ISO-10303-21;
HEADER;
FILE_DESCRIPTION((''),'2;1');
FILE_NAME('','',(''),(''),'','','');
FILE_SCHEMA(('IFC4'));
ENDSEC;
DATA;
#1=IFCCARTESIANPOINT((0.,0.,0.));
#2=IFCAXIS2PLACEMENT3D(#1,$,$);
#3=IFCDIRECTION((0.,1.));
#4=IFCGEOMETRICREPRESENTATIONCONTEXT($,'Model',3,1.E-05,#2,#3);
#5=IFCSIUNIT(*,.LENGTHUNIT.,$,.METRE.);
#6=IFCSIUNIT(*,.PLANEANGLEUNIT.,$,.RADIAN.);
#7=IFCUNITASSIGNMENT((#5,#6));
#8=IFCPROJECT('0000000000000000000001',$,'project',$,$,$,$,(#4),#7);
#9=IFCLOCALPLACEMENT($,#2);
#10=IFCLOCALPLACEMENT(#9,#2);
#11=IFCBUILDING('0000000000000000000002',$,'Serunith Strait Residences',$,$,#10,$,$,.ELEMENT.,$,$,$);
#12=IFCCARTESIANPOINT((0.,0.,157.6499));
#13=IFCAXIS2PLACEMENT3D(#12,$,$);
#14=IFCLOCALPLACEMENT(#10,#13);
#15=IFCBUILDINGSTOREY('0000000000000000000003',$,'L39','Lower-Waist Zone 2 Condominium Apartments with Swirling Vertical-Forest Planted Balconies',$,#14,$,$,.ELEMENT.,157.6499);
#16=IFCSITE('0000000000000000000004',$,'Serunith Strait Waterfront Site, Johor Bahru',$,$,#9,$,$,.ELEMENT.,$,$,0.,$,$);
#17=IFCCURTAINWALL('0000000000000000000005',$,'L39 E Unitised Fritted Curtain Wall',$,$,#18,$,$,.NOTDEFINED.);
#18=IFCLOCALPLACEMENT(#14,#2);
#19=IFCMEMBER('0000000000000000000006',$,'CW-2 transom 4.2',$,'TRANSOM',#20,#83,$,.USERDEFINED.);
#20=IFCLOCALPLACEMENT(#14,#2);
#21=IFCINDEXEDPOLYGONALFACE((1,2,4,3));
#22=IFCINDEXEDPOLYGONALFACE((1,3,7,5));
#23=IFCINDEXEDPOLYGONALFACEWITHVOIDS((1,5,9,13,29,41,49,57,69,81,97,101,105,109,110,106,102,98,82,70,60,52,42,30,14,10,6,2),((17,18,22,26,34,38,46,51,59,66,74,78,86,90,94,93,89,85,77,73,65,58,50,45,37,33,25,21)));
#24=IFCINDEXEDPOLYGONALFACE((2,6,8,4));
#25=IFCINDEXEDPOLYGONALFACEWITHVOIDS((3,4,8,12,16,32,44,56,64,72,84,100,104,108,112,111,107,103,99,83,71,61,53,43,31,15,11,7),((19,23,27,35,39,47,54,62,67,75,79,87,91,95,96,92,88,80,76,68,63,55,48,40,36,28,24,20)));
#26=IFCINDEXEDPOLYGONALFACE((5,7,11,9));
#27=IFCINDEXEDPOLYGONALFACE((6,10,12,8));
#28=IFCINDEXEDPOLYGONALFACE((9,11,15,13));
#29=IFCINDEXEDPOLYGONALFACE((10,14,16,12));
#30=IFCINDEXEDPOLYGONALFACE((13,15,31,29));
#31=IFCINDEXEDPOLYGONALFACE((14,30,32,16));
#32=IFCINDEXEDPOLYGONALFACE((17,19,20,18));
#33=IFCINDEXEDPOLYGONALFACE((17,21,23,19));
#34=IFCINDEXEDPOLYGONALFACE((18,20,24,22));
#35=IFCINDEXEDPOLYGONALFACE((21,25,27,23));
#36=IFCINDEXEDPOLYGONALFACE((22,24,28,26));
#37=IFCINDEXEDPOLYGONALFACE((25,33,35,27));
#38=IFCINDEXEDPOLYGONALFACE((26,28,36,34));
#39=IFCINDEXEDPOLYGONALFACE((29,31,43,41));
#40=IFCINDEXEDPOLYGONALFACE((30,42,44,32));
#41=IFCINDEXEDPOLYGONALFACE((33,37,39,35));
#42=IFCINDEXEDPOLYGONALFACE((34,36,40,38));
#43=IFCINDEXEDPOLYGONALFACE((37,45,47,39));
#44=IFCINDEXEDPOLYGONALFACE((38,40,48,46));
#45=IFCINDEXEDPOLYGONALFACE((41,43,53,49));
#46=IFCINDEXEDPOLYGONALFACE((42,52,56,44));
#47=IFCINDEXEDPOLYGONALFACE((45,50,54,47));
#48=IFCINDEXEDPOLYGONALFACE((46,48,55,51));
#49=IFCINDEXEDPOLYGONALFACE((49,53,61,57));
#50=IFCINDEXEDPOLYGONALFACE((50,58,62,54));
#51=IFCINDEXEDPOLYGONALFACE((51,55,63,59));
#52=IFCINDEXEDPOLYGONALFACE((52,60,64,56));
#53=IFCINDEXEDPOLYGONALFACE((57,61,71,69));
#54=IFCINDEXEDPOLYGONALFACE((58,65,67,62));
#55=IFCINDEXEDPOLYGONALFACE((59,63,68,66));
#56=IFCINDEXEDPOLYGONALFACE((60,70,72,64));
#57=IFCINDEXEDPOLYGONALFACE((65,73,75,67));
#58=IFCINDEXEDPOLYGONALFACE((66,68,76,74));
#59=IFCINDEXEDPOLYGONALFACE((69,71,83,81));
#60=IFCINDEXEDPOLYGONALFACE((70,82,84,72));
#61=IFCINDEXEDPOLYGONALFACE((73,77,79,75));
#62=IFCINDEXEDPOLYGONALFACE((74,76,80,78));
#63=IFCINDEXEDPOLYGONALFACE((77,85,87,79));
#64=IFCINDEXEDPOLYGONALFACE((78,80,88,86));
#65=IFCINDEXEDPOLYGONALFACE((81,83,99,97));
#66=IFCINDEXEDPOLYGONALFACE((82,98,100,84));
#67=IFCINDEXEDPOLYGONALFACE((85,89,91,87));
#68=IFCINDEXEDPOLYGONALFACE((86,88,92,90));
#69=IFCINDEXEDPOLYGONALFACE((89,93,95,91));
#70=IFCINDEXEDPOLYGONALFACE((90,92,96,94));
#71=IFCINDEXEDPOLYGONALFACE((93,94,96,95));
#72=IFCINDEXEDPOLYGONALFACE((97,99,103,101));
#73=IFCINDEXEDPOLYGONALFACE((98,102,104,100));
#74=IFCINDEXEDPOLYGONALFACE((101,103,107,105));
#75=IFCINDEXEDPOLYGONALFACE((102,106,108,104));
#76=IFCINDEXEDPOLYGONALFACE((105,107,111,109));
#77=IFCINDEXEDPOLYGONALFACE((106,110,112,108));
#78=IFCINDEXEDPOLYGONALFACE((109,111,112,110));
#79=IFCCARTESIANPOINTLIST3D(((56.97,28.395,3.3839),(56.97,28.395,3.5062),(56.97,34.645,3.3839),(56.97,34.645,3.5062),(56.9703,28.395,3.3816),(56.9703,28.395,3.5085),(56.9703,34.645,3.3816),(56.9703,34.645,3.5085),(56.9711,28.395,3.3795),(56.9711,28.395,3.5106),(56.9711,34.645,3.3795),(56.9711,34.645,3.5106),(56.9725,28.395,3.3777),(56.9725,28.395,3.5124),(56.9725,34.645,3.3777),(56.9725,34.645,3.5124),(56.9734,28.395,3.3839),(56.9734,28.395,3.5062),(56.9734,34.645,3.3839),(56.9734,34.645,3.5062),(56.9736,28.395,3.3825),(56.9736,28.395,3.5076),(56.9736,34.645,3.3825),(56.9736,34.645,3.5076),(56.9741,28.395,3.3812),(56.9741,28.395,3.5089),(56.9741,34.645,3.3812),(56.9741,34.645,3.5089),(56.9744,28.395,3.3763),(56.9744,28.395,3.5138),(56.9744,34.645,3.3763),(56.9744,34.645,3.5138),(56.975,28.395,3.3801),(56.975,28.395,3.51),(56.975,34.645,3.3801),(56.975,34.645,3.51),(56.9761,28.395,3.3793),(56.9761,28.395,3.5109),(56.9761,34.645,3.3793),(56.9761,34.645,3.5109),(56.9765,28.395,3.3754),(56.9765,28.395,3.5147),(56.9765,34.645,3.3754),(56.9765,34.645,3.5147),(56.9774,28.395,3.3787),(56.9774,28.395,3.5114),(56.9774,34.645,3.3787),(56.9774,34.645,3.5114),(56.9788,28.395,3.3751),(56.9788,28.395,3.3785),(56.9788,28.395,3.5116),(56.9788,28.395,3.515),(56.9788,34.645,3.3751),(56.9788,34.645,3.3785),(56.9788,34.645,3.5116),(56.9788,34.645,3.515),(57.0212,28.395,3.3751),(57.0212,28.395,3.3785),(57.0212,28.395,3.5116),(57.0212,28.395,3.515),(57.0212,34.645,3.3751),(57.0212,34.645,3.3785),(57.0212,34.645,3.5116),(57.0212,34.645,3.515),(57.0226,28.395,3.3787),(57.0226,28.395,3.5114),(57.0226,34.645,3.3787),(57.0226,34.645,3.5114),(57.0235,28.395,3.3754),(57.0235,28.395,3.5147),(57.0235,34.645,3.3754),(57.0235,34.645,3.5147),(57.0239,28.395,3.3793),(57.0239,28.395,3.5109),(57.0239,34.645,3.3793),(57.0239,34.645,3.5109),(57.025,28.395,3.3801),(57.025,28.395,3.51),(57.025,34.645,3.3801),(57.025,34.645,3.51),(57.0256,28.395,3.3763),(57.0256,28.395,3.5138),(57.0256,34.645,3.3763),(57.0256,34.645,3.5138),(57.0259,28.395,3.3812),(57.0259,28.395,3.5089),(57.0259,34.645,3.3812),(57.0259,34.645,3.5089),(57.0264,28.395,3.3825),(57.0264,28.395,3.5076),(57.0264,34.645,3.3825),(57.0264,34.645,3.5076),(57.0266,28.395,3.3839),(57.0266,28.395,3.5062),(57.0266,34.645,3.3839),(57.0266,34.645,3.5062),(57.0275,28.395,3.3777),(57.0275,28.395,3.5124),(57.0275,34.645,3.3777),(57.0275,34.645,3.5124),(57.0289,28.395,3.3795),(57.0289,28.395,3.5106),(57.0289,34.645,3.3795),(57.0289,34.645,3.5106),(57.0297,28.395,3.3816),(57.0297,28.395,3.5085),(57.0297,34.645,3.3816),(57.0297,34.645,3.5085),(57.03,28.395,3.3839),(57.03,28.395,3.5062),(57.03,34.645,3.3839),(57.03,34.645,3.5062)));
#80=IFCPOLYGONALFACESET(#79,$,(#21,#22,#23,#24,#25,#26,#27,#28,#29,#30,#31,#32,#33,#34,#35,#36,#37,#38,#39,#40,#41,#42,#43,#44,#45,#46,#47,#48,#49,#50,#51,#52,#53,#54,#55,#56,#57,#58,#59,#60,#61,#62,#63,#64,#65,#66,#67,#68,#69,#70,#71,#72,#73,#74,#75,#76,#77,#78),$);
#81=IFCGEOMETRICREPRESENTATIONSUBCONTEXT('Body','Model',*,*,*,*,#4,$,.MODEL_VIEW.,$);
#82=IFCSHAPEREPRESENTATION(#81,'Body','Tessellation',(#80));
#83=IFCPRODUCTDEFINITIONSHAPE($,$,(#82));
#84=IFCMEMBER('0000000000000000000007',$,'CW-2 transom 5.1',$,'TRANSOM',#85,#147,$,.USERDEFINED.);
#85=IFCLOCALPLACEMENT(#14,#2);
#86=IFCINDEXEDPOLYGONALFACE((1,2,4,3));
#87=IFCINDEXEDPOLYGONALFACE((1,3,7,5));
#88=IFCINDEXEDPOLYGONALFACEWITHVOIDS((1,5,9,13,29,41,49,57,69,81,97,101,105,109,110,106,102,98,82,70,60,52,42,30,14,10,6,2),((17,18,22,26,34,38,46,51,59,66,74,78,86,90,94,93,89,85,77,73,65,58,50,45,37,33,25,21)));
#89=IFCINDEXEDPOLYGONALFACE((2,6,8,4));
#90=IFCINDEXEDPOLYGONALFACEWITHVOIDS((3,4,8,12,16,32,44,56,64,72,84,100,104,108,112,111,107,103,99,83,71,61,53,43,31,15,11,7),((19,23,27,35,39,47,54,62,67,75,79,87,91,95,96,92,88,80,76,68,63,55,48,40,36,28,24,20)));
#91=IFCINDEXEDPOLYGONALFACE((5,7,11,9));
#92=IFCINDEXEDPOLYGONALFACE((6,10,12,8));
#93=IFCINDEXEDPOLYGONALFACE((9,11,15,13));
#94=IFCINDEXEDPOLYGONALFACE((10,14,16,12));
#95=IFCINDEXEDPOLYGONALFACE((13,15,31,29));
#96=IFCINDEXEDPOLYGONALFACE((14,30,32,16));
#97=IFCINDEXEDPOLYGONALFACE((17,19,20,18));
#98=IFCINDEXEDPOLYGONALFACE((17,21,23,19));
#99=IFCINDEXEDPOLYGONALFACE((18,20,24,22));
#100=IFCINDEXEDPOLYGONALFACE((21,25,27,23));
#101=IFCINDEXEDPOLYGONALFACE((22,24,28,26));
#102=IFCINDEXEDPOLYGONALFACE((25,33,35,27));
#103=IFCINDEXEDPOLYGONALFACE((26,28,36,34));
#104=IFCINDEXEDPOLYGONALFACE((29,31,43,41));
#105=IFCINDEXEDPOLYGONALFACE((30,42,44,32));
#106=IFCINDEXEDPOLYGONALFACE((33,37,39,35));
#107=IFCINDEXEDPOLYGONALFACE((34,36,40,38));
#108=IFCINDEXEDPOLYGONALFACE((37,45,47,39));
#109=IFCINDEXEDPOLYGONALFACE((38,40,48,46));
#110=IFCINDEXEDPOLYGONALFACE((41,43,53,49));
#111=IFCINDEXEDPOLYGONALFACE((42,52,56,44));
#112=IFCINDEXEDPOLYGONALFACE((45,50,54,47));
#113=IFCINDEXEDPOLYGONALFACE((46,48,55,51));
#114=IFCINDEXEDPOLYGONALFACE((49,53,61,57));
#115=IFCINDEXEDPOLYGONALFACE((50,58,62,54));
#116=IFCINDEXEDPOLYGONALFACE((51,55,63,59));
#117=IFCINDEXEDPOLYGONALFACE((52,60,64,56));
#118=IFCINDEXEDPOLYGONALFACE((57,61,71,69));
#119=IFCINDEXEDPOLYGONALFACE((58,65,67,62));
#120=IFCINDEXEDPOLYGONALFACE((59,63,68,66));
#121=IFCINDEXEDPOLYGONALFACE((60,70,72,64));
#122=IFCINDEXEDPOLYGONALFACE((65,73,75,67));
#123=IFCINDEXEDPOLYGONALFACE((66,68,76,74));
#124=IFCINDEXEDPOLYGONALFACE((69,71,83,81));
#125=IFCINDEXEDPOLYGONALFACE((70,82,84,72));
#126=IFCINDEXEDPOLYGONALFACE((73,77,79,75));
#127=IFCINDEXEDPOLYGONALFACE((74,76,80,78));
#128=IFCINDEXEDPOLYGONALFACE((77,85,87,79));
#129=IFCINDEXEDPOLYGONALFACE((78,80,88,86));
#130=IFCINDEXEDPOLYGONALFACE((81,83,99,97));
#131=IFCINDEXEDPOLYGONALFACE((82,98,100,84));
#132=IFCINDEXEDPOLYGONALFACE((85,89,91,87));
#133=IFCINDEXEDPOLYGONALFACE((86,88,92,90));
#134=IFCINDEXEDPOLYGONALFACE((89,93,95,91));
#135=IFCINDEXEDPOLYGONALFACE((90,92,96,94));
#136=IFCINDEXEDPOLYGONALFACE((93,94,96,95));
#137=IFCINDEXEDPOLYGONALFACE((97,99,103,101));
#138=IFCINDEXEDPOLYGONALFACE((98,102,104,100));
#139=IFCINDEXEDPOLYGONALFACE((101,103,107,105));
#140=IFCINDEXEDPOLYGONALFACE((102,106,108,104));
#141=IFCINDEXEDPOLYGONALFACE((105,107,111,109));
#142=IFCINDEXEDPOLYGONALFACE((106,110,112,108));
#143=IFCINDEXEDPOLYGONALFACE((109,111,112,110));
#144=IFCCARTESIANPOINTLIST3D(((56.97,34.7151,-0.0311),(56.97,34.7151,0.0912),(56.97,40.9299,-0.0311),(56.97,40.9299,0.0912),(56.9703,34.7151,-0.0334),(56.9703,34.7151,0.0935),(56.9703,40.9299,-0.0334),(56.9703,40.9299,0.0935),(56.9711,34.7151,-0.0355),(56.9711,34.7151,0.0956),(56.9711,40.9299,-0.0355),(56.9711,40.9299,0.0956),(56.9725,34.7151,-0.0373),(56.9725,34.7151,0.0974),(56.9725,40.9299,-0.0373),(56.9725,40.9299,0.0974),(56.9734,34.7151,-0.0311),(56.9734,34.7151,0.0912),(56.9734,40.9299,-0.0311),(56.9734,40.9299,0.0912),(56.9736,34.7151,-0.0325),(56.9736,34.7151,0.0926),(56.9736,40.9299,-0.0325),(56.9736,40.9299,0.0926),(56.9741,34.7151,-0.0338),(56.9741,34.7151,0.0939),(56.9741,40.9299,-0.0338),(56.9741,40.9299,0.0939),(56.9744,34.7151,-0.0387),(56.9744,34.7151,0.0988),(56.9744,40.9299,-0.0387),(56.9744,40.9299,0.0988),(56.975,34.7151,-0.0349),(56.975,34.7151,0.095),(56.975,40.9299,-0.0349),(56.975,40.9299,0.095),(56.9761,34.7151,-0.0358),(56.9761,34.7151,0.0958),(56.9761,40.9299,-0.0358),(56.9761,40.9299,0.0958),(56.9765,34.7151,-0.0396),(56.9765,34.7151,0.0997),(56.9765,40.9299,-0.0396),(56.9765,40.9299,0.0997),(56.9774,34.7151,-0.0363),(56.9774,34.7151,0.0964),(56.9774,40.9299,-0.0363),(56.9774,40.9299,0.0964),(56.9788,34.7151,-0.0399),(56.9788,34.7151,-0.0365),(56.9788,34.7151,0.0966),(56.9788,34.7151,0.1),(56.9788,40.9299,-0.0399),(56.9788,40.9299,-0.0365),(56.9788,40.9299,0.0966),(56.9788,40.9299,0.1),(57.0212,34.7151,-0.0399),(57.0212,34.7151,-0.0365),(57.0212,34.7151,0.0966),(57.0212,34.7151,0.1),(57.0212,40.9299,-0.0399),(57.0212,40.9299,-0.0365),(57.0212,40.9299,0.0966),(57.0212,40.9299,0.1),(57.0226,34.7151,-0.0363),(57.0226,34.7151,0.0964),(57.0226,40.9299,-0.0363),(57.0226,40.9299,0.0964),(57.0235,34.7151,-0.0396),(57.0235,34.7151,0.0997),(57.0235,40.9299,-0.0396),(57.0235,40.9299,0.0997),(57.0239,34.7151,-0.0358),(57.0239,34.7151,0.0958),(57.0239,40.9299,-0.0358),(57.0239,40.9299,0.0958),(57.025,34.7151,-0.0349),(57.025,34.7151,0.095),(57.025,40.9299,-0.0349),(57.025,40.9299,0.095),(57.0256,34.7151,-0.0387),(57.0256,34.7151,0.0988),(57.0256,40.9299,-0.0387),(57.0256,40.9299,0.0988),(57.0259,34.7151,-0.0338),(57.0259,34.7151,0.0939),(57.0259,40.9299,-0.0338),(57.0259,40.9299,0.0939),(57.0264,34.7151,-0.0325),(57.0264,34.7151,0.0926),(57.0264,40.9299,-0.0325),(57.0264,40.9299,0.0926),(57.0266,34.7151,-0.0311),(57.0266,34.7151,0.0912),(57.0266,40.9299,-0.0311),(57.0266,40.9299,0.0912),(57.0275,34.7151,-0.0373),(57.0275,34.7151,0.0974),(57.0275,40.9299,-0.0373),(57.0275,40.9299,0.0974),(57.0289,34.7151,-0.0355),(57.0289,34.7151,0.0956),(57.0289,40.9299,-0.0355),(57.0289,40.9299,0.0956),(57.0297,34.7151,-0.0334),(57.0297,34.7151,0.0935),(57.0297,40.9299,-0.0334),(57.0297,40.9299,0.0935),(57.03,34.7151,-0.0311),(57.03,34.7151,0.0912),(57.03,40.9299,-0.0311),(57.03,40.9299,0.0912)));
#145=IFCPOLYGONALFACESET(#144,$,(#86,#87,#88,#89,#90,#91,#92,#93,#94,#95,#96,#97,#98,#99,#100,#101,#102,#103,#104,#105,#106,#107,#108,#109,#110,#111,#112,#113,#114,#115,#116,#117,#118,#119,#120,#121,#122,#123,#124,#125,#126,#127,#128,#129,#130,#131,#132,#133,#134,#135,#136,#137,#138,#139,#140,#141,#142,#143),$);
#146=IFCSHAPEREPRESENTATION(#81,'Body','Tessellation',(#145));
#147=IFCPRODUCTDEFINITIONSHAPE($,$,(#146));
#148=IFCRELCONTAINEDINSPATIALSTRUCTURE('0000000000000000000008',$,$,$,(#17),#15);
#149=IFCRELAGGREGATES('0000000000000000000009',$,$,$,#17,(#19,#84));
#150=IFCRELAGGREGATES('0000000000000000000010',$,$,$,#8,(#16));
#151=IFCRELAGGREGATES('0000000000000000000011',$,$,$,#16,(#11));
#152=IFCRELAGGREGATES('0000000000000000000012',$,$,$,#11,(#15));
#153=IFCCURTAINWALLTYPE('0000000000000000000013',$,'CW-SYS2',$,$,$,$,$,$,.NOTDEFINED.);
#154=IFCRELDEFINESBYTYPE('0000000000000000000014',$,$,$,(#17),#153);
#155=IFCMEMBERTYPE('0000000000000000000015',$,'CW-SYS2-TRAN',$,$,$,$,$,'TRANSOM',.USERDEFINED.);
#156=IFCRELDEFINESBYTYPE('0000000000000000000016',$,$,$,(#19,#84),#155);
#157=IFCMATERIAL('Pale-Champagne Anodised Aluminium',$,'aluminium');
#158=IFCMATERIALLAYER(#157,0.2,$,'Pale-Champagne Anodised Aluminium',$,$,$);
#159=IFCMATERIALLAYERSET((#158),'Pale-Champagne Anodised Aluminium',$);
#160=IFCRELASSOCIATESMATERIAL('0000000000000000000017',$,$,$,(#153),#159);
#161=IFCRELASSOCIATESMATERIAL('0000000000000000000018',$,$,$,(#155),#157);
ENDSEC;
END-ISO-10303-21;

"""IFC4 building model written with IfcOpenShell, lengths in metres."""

from ifc_helpers import new_model, si_unit, direction, frame, origin, origin_2d, place, context, subcontext, project, spatial, hollow_rectangle, extrude, source, transform, mapped, material, layer, layer_set, material_profile, profile_set, type_object, element, aggregate, save


model = new_model("IFC4")

# Units and contexts
model_context = context("Model", 3, precision=1e-05, world=origin(), true_north=direction((0.0, 1.0)))
body_context = subcontext(model_context, "Body", "Model", "MODEL_VIEW")
ifc_project = project(units=[si_unit("LENGTHUNIT", "METRE"), si_unit("PLANEANGLEUNIT", "RADIAN")], contexts=[model_context])

# Site, building, storey
site_placement = place(None, origin())
site = spatial("IfcSite", under=ifc_project, at=site_placement, Name="Serunith Strait Waterfront Site, Johor Bahru", CompositionType="ELEMENT", RefElevation=0.0)
building_placement = place(site_placement, origin())
building = spatial("IfcBuilding", under=site, at=building_placement, Name="Serunith Strait Residences", CompositionType="ELEMENT")
storey_placement = place(building_placement, frame((0.0, 0.0, 157.6499)))
storey = spatial("IfcBuildingStorey", under=building, at=storey_placement, Name="L39", Description="Lower-Waist Zone 2 Condominium Apartments with Swirling Vertical-Forest Planted Balconies", CompositionType="ELEMENT", Elevation=157.6499)

# Curtain wall, members
ifc_material_1 = material(Name="Pale-Champagne Anodised Aluminium", Category="aluminium")
ifc_layer_1 = layer(ifc_material_1, 0.2, Name="Pale-Champagne Anodised Aluminium")
ifc_layer_set_1 = layer_set([ifc_layer_1], Name="Pale-Champagne Anodised Aluminium")
curtain_wall_type = type_object("IfcCurtainWallType", Name="CW-SYS2", PredefinedType="NOTDEFINED", material=ifc_layer_set_1)
curtain_wall_placement = place(storey_placement, origin())
curtain_wall = element("IfcCurtainWall", 1, at=curtain_wall_placement, inside=storey, type_object=curtain_wall_type, Name="L39 E Unitised Fritted Curtain Wall", PredefinedType="NOTDEFINED")
ifc_material_profile_1 = material_profile(ifc_material_1, hollow_rectangle(XDim=0.0601, YDim=0.1399, WallThickness=0.0034, InnerFilletRadius=0.0054, OuterFilletRadius=0.0088, at=origin_2d()), Name="ALU 140x60x3.5")
ifc_profile_set_1 = profile_set([ifc_material_profile_1], Name="Pale-Champagne Anodised Aluminium")
member_type_1 = type_object("IfcMemberType", Name="CW-SYS2-TRAN", ElementType="TRANSOM", PredefinedType="USERDEFINED", material=ifc_profile_set_1)
shared_shape_1 = source(origin(), body_context, "Body", "SweptSolid", [
    extrude(hollow_rectangle(XDim=0.0601, YDim=0.1399, WallThickness=0.0034, InnerFilletRadius=0.0054, OuterFilletRadius=0.0088, at=origin_2d()), origin(), (0.0, 0.0, 1.0), 6.25),
])
member_1_placement = place(storey_placement, frame((57.0, 28.395, 3.4451), z_axis=(0.0, 1.0, 0.0), x_axis=(-1.0, 0.0, 0.0)))
member_1 = element("IfcMember", 2, at=member_1_placement, type_object=member_type_1, Name="CW-2 transom 4.2", ObjectType="TRANSOM", PredefinedType="USERDEFINED", context=body_context, shape_type="MappedRepresentation", body=[
    mapped(shared_shape_1, transform((0.0, 0.0, 0.0), scale=1.0)),
])
shared_shape_2 = source(origin(), body_context, "Body", "SweptSolid", [
    extrude(hollow_rectangle(XDim=0.0601, YDim=0.1399, WallThickness=0.0034, InnerFilletRadius=0.0054, OuterFilletRadius=0.0088, at=origin_2d()), origin(), (0.0, 0.0, 1.0), 6.2148),
])
member_2_placement = place(storey_placement, frame((57.0, 34.7151, 0.03), z_axis=(0.0, 1.0, 0.0), x_axis=(-1.0, 0.0, 0.0)))
member_2 = element("IfcMember", 3, at=member_2_placement, type_object=member_type_1, Name="CW-2 transom 5.1", ObjectType="TRANSOM", PredefinedType="USERDEFINED", context=body_context, shape_type="MappedRepresentation", body=[
    mapped(shared_shape_2, transform((0.0, 0.0, 0.0), scale=1.0)),
])
aggregate(curtain_wall, [member_1, member_2])

save(model, "model.ifc")
